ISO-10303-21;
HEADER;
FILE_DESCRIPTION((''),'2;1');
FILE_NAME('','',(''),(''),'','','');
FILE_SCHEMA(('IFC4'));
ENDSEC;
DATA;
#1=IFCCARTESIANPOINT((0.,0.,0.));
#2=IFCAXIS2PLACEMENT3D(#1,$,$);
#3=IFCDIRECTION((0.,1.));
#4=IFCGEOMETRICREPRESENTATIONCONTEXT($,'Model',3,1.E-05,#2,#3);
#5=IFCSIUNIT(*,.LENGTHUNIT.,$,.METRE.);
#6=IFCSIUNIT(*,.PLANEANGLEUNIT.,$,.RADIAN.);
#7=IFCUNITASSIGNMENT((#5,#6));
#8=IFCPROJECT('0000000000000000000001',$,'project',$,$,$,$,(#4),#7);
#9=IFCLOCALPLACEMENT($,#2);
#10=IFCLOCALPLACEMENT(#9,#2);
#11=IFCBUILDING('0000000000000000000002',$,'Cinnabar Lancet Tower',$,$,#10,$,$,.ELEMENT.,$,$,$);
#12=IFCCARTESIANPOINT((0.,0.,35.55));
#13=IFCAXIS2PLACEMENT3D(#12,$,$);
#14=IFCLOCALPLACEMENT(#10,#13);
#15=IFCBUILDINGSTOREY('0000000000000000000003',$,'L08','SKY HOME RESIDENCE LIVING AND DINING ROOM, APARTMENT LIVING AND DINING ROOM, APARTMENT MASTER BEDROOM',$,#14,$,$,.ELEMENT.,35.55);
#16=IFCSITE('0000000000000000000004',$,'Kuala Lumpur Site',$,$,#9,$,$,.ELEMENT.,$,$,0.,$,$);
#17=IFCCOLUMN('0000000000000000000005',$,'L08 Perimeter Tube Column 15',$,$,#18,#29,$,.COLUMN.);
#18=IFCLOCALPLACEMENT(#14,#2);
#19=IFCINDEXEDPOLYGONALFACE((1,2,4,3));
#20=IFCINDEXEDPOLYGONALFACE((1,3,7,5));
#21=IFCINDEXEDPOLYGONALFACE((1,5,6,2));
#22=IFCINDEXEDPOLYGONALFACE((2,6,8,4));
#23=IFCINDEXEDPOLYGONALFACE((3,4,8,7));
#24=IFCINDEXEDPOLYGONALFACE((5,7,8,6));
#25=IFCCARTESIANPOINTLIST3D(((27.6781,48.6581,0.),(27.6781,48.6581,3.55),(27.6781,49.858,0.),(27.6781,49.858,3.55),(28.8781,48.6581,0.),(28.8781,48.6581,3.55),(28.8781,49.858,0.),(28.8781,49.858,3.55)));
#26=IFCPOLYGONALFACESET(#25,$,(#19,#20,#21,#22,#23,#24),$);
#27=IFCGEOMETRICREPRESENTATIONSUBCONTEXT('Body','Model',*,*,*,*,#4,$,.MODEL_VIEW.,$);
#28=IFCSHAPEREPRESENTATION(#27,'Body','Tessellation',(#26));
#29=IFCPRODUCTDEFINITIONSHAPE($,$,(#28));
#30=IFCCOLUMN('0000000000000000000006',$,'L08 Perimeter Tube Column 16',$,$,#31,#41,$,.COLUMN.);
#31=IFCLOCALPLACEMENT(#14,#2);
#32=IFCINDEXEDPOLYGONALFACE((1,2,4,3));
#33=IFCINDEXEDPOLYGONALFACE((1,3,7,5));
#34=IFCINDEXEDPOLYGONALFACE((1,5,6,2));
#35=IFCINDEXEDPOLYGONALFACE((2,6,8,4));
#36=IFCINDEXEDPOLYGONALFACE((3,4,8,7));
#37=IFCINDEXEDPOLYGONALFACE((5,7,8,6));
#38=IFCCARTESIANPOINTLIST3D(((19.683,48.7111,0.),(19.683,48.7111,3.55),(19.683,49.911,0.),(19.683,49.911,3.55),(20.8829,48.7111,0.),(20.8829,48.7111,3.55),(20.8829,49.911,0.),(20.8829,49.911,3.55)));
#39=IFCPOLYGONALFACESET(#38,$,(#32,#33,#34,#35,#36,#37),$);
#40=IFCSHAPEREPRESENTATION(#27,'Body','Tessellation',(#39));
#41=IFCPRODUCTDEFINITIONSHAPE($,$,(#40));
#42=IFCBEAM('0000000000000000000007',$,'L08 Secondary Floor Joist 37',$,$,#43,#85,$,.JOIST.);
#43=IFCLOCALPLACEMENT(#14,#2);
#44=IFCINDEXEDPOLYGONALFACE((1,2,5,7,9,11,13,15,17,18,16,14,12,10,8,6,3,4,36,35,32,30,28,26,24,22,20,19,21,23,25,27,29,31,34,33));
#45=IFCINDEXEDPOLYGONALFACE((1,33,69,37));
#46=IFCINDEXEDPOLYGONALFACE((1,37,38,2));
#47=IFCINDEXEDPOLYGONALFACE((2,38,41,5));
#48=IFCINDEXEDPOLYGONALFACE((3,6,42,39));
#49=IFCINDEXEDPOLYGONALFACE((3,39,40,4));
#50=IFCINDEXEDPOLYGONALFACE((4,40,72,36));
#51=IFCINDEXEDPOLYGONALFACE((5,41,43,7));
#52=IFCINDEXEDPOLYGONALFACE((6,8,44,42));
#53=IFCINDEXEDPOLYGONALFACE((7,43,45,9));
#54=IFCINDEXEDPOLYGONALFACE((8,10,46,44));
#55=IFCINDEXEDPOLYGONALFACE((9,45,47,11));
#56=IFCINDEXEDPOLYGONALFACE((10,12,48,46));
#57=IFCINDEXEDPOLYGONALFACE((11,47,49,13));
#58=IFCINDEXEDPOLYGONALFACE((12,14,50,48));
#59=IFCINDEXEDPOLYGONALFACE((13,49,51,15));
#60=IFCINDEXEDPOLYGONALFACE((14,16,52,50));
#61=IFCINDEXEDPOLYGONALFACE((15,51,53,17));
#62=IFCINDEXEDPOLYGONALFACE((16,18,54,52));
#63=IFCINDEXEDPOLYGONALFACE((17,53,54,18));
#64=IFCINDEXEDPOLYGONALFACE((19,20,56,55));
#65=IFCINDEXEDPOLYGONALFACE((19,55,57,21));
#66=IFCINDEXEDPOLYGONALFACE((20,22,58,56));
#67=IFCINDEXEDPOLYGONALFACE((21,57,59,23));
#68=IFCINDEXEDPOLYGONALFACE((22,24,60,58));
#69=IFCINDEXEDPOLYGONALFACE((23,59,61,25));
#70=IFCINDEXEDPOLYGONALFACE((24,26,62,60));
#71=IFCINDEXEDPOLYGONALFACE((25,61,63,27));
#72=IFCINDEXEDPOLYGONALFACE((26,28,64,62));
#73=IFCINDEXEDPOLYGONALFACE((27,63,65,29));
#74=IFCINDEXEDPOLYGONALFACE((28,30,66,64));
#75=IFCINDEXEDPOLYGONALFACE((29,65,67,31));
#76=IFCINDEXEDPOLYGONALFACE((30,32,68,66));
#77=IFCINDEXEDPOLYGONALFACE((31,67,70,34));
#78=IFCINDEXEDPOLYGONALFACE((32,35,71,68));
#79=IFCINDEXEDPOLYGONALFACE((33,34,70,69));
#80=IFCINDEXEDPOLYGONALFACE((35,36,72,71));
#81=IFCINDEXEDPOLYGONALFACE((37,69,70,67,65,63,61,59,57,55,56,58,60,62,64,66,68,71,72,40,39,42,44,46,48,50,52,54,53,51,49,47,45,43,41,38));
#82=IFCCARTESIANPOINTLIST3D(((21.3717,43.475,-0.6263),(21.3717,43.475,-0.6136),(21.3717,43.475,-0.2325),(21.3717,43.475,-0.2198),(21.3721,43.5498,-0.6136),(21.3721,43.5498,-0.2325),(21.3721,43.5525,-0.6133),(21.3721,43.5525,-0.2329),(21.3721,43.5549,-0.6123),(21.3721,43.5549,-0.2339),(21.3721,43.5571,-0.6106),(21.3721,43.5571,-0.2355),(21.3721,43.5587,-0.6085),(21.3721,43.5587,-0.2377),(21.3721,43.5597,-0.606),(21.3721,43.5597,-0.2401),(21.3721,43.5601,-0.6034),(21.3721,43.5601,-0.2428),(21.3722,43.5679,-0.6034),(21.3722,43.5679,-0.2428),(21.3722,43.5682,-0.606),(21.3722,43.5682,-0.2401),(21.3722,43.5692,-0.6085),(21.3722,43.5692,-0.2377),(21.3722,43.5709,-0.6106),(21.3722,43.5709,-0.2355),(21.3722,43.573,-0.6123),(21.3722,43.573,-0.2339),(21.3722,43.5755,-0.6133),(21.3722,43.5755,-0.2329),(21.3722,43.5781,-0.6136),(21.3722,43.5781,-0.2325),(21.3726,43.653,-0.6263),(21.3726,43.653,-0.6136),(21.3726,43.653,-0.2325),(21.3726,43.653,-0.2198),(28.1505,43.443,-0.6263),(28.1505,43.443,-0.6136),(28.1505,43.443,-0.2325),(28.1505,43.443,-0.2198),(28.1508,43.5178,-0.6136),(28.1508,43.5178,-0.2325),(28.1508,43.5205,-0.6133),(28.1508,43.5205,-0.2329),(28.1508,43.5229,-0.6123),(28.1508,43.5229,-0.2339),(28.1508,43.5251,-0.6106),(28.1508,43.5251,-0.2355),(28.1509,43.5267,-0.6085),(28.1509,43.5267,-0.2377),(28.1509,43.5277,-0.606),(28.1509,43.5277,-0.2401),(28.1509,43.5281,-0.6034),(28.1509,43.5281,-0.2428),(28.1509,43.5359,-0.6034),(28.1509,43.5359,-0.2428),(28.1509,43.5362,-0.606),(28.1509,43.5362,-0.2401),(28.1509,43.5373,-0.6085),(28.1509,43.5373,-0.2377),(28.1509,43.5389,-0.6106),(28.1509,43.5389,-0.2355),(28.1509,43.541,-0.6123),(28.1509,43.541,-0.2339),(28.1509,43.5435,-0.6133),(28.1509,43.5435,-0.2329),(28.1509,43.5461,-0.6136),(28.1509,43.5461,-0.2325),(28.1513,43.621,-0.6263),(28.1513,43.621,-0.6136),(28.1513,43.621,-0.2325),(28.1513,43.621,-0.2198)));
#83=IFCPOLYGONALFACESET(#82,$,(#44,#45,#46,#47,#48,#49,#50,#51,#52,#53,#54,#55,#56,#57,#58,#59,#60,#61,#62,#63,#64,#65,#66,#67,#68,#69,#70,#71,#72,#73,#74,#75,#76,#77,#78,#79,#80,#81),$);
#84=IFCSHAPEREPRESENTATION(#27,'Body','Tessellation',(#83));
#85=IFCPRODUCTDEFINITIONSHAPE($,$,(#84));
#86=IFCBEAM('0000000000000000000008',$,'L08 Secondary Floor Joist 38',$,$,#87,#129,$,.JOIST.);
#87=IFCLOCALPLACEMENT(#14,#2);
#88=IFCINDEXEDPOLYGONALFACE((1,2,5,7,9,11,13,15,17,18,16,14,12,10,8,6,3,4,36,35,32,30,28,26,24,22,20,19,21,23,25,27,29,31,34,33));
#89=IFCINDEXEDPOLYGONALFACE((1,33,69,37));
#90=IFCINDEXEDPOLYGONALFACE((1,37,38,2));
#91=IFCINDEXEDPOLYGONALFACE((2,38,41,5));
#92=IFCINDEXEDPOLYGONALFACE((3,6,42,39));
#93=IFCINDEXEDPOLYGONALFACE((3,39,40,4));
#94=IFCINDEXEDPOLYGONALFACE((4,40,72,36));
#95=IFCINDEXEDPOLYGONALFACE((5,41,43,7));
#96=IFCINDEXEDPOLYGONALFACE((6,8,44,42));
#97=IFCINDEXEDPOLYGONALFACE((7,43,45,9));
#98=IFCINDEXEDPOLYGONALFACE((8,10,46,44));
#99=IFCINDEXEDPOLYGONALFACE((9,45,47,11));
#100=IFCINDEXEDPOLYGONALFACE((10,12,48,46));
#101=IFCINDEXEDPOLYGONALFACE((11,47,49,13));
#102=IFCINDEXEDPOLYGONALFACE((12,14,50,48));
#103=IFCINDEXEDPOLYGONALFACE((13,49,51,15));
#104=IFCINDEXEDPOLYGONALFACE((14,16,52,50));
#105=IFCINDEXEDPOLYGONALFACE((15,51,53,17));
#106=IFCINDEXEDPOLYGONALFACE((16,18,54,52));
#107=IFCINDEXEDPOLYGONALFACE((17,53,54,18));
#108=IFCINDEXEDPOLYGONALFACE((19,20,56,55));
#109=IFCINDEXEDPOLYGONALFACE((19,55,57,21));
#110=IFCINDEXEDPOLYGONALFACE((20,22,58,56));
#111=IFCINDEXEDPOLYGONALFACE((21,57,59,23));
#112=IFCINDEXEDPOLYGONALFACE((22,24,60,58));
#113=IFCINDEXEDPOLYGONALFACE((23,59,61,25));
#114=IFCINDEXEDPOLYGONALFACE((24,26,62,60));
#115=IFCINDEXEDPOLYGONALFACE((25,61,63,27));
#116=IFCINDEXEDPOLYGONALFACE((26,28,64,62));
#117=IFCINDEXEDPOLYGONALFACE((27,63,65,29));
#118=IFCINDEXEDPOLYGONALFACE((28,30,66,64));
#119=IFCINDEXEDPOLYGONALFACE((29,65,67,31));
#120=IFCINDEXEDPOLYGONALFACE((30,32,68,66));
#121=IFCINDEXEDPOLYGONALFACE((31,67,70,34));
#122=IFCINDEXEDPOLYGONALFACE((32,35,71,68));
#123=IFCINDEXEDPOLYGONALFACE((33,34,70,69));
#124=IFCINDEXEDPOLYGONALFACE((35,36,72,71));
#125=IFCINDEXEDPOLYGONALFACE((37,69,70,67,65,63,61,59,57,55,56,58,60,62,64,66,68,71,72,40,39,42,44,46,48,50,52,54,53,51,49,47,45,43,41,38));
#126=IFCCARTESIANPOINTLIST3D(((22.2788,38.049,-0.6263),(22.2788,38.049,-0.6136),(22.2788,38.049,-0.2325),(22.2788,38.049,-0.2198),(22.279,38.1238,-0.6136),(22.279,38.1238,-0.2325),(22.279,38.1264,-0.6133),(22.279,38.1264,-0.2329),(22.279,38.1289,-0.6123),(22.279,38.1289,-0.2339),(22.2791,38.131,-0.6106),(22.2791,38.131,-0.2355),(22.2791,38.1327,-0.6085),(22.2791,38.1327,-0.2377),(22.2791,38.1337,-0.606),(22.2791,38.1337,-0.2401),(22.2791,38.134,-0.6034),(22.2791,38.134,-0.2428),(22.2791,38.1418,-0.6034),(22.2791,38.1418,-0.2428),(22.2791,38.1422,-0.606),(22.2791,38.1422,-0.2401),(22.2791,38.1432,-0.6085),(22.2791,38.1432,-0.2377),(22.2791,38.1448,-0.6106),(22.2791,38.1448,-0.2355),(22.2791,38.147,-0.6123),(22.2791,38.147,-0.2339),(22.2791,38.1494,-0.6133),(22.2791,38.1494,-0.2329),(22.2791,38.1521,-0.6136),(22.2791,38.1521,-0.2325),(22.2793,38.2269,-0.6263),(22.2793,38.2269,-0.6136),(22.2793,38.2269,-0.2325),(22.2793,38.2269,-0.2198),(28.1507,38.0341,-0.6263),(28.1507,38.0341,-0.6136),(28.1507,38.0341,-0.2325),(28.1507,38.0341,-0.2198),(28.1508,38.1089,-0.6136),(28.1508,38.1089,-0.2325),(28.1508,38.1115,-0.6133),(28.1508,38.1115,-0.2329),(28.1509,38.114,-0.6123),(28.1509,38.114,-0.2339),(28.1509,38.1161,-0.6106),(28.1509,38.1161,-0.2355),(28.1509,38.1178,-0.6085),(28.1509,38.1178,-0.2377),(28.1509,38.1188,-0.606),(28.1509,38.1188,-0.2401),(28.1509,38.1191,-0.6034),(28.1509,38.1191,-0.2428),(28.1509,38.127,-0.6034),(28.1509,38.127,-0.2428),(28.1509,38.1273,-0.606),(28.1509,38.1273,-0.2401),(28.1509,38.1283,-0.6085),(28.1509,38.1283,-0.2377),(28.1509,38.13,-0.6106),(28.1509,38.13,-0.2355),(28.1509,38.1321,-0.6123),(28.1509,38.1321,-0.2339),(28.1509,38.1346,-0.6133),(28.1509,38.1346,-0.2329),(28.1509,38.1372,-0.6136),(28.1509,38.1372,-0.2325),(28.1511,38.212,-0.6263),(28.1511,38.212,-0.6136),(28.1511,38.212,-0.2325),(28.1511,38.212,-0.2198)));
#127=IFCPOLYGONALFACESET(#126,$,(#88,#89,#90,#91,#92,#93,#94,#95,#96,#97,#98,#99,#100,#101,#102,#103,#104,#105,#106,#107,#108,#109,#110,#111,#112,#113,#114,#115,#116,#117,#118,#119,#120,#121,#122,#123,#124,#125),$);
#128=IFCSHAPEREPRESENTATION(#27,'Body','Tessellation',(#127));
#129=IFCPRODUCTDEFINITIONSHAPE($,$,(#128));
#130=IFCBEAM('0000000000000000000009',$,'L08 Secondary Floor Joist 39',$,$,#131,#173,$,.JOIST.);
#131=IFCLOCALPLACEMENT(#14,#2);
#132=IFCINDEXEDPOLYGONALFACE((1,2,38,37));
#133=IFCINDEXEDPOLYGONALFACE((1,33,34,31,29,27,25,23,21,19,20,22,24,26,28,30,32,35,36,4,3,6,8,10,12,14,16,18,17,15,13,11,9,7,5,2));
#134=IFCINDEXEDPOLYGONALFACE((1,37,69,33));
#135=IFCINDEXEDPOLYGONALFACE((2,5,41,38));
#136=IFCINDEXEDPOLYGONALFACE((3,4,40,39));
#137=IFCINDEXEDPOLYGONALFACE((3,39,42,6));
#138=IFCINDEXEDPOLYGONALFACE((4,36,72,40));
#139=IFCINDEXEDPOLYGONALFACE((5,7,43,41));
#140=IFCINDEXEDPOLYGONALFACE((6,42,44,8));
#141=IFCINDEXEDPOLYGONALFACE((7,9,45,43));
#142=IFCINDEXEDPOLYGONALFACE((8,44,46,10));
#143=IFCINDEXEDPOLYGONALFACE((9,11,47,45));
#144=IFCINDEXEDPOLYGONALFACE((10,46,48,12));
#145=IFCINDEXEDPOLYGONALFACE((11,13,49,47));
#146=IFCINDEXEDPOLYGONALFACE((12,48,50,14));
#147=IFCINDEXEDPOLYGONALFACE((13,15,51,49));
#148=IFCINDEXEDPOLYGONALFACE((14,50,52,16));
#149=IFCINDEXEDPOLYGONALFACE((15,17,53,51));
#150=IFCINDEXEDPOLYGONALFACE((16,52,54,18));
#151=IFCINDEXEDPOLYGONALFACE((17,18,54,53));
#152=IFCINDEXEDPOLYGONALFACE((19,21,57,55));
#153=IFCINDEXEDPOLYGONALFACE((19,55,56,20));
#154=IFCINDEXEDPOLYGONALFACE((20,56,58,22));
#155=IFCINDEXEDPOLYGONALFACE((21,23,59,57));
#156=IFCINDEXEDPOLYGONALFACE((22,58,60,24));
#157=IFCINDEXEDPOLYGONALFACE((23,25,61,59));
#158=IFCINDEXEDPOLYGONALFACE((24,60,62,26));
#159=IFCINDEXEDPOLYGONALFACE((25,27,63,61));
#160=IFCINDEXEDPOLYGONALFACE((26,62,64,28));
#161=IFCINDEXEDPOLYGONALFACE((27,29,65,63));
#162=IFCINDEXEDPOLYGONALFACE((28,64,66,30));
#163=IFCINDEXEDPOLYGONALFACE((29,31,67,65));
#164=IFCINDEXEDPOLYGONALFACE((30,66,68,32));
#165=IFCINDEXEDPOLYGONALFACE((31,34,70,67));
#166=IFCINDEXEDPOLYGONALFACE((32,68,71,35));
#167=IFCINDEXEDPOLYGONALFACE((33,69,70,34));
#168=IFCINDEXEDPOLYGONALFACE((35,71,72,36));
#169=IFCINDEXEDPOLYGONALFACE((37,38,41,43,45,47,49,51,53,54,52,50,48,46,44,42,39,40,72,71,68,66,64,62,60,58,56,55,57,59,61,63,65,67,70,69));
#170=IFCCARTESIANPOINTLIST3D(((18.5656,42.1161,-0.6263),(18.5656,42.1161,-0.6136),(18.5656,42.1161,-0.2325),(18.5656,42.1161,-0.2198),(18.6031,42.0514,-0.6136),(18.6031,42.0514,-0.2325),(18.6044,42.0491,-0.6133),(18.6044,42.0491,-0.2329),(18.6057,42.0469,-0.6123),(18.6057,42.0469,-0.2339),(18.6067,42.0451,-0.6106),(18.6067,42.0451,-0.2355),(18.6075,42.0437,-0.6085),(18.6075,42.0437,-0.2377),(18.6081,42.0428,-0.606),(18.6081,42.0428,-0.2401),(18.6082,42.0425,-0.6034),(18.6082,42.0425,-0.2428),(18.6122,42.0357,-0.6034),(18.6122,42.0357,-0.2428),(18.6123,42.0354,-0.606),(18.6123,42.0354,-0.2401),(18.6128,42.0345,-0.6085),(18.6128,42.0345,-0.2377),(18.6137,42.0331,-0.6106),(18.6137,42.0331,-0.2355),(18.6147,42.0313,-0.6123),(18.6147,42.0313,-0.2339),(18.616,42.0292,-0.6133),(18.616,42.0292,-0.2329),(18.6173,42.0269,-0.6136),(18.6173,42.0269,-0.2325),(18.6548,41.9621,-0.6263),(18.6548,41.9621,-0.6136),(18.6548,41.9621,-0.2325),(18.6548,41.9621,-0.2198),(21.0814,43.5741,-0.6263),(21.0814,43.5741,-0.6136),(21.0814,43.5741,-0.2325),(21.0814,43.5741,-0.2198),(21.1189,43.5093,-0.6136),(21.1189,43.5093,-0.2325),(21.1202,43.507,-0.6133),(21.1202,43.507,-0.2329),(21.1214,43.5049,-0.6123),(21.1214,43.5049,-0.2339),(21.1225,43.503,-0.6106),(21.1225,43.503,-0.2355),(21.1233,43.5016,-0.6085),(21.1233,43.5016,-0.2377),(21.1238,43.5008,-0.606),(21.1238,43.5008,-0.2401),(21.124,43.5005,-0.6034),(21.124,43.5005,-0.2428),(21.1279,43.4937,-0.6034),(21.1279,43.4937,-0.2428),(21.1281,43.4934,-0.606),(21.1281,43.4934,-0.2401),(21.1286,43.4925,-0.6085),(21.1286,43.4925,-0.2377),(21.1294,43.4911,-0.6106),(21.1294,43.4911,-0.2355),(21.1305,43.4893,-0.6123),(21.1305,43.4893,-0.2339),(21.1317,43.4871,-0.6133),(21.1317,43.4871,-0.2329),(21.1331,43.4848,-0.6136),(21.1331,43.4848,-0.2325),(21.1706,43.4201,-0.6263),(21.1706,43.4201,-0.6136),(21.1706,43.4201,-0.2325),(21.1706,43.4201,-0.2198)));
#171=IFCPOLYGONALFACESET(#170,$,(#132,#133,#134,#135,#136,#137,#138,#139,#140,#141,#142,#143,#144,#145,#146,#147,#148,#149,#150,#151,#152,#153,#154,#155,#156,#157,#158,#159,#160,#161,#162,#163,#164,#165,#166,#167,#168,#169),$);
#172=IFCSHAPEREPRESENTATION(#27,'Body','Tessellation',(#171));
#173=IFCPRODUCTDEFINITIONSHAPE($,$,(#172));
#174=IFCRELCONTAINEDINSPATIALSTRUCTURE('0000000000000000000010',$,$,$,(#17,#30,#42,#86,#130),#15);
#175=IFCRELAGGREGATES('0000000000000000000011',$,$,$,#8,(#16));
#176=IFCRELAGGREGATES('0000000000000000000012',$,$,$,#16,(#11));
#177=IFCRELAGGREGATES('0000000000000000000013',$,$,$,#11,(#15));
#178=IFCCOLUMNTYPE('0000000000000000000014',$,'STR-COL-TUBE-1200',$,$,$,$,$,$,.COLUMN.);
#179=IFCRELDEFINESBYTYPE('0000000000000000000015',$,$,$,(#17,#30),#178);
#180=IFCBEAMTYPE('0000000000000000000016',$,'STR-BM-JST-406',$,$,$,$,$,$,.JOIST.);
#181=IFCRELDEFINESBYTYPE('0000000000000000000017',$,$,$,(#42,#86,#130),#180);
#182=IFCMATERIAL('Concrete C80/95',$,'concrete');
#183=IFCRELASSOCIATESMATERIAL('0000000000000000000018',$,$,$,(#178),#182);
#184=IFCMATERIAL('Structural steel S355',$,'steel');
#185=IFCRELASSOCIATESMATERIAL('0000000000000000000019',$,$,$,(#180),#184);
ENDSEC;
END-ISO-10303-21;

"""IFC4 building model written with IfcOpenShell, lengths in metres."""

from ifc_helpers import new_model, si_unit, direction, frame, origin, origin_2d, place, context, subcontext, project, spatial, rectangle, i_section, extrude, material, material_profile, profile_set, type_object, element, save


model = new_model("IFC4")

# Units and contexts
model_context = context("Model", 3, precision=1e-05, world=origin(), true_north=direction((0.0, 1.0)))
body_context = subcontext(model_context, "Body", "Model", "MODEL_VIEW")
ifc_project = project(units=[si_unit("LENGTHUNIT", "METRE"), si_unit("PLANEANGLEUNIT", "RADIAN")], contexts=[model_context])

# Site, building, storey
site_placement = place(None, origin())
site = spatial("IfcSite", under=ifc_project, at=site_placement, Name="Kuala Lumpur Site", CompositionType="ELEMENT", RefElevation=0.0)
building_placement = place(site_placement, origin())
building = spatial("IfcBuilding", under=site, at=building_placement, Name="Cinnabar Lancet Tower", CompositionType="ELEMENT")
storey_placement = place(building_placement, frame((0.0, 0.0, 35.55)))
storey = spatial("IfcBuildingStorey", under=building, at=storey_placement, Name="L08", Description="SKY HOME RESIDENCE LIVING AND DINING ROOM, APARTMENT LIVING AND DINING ROOM, APARTMENT MASTER BEDROOM", CompositionType="ELEMENT", Elevation=35.55)

# Columns
ifc_material_1 = material(Name="Concrete C80/95", Category="concrete")
ifc_material_profile_1 = material_profile(ifc_material_1, rectangle(XDim=1.2, YDim=1.2, at=origin_2d()), Name="RC-COL 1200x1200")
ifc_profile_set_1 = profile_set([ifc_material_profile_1], Name="Concrete C80/95")
column_type = type_object("IfcColumnType", Name="STR-COL-TUBE-1200", PredefinedType="COLUMN", material=ifc_profile_set_1)
for number, where, z_axis, x_axis, name in (
    (1, (28.2781, 49.2581, 0.0), (0.0, 0.0, 1.0), (1.0, 0.0, 0.0), "L08 Perimeter Tube Column 15"),
    (2, (20.283, 49.311, 0.0), (0.0, 0.0, 1.0), (1.0, 0.0, 0.0), "L08 Perimeter Tube Column 16"),
):
    element("IfcColumn", number, at=place(storey_placement, frame(where, z_axis=z_axis, x_axis=x_axis)), inside=storey, type_object=column_type, Name=name, PredefinedType="COLUMN", context=body_context, shape_type="SweptSolid", body=[
        extrude(rectangle(XDim=1.2, YDim=1.2, at=origin_2d()), origin(), (0.0, 0.0, 1.0), 3.55),
    ])

# Beams
ifc_material_2 = material(Name="Structural steel S355", Category="steel")
ifc_material_profile_2 = material_profile(ifc_material_2, i_section(OverallWidth=0.178, OverallDepth=0.4065, WebThickness=0.0078, FlangeThickness=0.0127, FilletRadius=0.0103, at=origin_2d()), Name="UKB 406x178x60")
ifc_profile_set_2 = profile_set([ifc_material_profile_2], Name="Structural steel S355")
beam_type_1 = type_object("IfcBeamType", Name="STR-BM-JST-406", PredefinedType="JOIST", material=ifc_profile_set_2)
beam_1_placement = place(storey_placement, frame((28.1509, 43.532, -0.4231), z_axis=(-0.999989, 0.004718, 0.0), x_axis=(-0.004718, -0.999989, 0.0)))
element("IfcBeam", 3, at=beam_1_placement, inside=storey, type_object=beam_type_1, Name="L08 Secondary Floor Joist 37", PredefinedType="JOIST", context=body_context, shape_type="SweptSolid", body=[
    extrude(i_section(OverallWidth=0.178, OverallDepth=0.4065, WebThickness=0.0078, FlangeThickness=0.0127, FilletRadius=0.0103, at=origin_2d()), origin(), (0.0, 0.0, 1.0), 6.7788),
])
beam_2_placement = place(storey_placement, frame((28.1509, 38.123, -0.4231), z_axis=(-0.999997, 0.002536, 0.0), x_axis=(-0.002536, -0.999997, 0.0)))
element("IfcBeam", 4, at=beam_2_placement, inside=storey, type_object=beam_type_1, Name="L08 Secondary Floor Joist 38", PredefinedType="JOIST", context=body_context, shape_type="SweptSolid", body=[
    extrude(i_section(OverallWidth=0.178, OverallDepth=0.4065, WebThickness=0.0078, FlangeThickness=0.0127, FilletRadius=0.0103, at=origin_2d()), origin(), (0.0, 0.0, 1.0), 5.8718),
])
beam_3_placement = place(storey_placement, frame((21.126, 43.4971, -0.4231), z_axis=(-0.86521, -0.50141, 0.0), x_axis=(0.50141, -0.86521, 0.0)))
element("IfcBeam", 5, at=beam_3_placement, inside=storey, type_object=beam_type_1, Name="L08 Secondary Floor Joist 39", PredefinedType="JOIST", context=body_context, shape_type="SweptSolid", body=[
    extrude(i_section(OverallWidth=0.178, OverallDepth=0.4065, WebThickness=0.0078, FlangeThickness=0.0127, FilletRadius=0.0103, at=origin_2d()), origin(), (0.0, 0.0, 1.0), 2.9077),
])

save(model, "model.ifc")
